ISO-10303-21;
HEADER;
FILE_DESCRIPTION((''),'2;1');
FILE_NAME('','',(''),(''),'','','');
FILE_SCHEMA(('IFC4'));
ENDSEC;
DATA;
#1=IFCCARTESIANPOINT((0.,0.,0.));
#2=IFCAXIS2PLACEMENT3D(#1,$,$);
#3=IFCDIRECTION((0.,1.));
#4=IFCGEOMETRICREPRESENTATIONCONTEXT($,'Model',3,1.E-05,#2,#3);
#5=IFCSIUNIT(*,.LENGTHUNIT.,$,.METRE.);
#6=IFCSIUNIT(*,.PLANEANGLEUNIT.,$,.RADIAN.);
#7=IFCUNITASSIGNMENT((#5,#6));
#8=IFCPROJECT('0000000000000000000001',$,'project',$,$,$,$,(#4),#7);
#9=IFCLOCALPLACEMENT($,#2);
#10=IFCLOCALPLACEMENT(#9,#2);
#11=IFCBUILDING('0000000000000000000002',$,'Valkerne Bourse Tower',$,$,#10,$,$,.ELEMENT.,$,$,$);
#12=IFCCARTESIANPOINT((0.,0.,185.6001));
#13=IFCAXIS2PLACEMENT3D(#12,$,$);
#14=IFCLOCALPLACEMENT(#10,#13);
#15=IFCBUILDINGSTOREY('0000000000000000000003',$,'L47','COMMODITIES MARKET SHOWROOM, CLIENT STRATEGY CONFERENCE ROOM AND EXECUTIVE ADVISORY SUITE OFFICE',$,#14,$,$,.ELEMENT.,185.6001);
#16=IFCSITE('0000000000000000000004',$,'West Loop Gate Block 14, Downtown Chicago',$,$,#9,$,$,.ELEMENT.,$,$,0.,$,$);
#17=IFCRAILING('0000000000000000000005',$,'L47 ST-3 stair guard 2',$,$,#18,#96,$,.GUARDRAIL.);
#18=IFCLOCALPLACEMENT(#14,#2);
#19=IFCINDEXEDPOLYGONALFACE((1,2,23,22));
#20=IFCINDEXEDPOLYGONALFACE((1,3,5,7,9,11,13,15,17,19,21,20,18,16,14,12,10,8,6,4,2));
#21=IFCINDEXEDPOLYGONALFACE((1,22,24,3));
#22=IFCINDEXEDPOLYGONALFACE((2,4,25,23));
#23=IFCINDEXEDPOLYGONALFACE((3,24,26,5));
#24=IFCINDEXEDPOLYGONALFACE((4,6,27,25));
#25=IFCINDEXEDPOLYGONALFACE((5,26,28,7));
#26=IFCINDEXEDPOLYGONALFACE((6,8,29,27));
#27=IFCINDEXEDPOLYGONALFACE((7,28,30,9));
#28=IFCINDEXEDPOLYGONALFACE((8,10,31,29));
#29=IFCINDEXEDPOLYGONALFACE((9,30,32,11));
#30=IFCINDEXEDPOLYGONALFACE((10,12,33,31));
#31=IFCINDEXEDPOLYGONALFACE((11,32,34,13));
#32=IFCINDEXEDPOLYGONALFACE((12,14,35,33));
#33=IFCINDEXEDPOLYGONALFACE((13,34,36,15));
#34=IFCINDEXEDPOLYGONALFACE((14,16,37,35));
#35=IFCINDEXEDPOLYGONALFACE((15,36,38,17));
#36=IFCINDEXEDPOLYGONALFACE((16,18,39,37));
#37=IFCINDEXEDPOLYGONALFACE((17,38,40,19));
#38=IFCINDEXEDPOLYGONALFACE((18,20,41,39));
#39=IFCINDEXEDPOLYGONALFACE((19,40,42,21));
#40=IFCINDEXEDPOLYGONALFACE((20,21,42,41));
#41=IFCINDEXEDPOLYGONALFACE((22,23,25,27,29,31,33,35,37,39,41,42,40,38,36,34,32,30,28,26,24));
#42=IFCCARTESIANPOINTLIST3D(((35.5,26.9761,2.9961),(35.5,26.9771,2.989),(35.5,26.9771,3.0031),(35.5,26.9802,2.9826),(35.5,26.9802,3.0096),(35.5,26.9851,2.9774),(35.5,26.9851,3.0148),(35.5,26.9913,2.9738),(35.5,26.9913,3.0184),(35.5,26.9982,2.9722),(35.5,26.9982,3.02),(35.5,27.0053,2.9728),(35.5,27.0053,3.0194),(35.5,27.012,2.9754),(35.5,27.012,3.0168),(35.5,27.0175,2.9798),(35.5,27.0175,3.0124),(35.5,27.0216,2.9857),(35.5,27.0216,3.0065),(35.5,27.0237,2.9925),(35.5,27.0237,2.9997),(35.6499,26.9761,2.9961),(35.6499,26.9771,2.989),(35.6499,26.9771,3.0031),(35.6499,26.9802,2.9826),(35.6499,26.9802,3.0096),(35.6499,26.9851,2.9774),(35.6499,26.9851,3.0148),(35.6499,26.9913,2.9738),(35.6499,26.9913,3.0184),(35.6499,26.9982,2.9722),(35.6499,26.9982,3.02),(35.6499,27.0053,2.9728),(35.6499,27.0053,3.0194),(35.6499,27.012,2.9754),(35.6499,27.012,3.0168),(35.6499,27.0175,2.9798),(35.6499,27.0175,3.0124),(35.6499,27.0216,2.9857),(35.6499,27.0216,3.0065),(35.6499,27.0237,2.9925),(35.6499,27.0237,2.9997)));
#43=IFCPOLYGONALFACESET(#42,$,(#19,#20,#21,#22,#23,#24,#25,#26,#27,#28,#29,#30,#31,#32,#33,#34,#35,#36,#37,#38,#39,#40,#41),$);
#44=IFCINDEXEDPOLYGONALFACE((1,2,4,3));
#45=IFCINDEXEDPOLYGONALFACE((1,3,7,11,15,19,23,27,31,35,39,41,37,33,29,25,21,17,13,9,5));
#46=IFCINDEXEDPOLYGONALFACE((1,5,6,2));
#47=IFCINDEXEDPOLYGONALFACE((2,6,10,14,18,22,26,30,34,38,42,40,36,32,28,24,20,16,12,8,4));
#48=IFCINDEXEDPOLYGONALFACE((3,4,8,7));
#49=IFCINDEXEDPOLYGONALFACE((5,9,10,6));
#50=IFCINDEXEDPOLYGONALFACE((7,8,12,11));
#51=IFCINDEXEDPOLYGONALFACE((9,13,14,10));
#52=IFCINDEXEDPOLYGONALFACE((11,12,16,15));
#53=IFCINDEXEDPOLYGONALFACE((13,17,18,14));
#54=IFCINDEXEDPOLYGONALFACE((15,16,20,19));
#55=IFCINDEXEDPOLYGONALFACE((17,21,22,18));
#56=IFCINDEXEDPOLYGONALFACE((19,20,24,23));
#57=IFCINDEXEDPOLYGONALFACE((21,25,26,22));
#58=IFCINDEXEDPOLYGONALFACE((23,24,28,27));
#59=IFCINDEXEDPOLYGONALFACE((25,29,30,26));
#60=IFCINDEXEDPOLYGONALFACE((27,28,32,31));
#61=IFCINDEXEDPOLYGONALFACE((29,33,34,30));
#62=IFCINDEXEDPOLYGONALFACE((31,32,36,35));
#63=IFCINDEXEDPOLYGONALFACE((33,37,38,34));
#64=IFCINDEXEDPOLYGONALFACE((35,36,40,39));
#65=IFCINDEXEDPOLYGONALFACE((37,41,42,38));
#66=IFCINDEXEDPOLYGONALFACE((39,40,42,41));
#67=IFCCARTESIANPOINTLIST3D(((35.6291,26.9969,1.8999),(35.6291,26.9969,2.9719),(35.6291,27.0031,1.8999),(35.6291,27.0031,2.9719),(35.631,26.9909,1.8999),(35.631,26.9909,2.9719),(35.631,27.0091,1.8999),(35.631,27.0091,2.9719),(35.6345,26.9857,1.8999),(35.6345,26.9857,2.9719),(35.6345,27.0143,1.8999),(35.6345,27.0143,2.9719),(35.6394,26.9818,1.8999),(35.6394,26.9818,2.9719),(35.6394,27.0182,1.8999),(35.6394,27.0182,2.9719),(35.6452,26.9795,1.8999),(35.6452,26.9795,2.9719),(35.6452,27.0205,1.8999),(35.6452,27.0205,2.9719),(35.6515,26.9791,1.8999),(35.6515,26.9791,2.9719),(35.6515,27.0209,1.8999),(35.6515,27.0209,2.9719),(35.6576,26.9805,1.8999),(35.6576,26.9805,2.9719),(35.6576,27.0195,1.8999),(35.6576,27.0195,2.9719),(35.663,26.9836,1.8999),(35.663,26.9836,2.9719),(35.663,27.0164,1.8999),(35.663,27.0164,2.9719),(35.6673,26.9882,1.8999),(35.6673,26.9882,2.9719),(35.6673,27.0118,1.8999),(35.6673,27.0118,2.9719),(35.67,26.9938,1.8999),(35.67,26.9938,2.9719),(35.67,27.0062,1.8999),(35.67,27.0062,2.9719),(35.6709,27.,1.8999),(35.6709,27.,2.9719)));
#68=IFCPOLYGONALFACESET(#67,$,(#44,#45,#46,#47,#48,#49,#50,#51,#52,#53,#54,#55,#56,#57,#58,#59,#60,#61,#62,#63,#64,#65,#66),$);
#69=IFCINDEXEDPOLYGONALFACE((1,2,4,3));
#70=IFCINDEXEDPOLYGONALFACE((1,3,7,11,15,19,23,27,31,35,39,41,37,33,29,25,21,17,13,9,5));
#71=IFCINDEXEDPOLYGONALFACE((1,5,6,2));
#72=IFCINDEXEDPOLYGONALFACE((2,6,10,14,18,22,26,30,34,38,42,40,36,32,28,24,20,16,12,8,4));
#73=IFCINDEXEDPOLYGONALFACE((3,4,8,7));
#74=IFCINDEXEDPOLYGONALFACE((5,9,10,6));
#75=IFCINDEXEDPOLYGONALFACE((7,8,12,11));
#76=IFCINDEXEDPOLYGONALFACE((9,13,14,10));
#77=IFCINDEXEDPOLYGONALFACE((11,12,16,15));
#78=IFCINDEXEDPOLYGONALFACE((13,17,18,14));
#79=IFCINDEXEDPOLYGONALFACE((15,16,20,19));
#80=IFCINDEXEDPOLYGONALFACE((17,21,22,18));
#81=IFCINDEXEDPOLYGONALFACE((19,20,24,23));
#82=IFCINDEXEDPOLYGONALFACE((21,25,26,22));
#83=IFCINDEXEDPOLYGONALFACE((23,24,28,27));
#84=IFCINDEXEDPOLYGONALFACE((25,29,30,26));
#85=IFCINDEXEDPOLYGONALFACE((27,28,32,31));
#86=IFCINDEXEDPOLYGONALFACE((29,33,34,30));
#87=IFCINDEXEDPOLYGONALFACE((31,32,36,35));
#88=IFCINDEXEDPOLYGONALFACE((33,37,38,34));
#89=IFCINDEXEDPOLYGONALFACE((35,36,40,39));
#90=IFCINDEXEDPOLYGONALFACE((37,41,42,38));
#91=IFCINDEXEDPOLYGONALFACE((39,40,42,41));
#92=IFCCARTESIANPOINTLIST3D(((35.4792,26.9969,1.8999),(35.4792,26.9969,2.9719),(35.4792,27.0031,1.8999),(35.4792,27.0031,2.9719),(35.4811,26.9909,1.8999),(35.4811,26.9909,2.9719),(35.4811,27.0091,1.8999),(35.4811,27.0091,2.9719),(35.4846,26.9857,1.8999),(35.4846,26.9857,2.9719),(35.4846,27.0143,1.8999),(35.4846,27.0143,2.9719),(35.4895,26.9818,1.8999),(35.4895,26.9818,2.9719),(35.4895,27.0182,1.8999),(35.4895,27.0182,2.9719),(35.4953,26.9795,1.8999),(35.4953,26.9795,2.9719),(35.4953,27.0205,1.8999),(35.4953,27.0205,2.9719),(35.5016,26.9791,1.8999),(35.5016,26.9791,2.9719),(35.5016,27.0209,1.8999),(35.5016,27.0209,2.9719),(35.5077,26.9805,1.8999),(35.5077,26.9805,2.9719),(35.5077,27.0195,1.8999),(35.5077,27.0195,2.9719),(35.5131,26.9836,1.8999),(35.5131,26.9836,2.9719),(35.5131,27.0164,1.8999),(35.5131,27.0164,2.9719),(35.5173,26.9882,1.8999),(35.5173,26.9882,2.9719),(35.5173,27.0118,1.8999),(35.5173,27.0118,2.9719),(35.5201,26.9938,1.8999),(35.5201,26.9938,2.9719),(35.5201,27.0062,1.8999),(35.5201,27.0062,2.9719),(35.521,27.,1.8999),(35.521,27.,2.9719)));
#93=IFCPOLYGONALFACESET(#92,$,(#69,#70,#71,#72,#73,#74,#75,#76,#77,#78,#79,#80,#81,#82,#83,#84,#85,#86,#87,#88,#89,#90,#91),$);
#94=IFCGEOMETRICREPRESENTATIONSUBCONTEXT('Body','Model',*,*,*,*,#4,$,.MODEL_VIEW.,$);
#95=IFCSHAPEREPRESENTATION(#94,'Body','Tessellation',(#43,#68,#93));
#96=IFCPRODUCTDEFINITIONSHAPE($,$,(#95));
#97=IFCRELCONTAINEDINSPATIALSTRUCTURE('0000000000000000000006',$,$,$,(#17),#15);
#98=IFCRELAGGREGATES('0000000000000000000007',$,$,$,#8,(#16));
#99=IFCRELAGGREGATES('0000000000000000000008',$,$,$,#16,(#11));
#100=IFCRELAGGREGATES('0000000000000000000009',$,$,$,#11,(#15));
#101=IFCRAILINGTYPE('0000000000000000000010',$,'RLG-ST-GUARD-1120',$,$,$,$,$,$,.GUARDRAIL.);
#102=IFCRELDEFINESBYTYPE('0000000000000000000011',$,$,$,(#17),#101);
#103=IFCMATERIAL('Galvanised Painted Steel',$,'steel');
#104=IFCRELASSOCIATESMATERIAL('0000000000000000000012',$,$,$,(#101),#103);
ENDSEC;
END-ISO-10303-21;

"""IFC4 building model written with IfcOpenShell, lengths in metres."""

from ifc_helpers import new_model, si_unit, direction, frame, origin, origin_2d, place, context, subcontext, project, spatial, circle, extrude, material, type_object, element, save


model = new_model("IFC4")

# Units and contexts
model_context = context("Model", 3, precision=1e-05, world=origin(), true_north=direction((0.0, 1.0)))
body_context = subcontext(model_context, "Body", "Model", "MODEL_VIEW")
ifc_project = project(units=[si_unit("LENGTHUNIT", "METRE"), si_unit("PLANEANGLEUNIT", "RADIAN")], contexts=[model_context])

# Site, building, storey
site_placement = place(None, origin())
site = spatial("IfcSite", under=ifc_project, at=site_placement, Name="West Loop Gate Block 14, Downtown Chicago", CompositionType="ELEMENT", RefElevation=0.0)
building_placement = place(site_placement, origin())
building = spatial("IfcBuilding", under=site, at=building_placement, Name="Valkerne Bourse Tower", CompositionType="ELEMENT")
storey_placement = place(building_placement, frame((0.0, 0.0, 185.6001)))
storey = spatial("IfcBuildingStorey", under=building, at=storey_placement, Name="L47", Description="COMMODITIES MARKET SHOWROOM, CLIENT STRATEGY CONFERENCE ROOM AND EXECUTIVE ADVISORY SUITE OFFICE", CompositionType="ELEMENT", Elevation=185.6001)

# Railing
ifc_material_1 = material(Name="Galvanised Painted Steel", Category="steel")
railing_type_1 = type_object("IfcRailingType", Name="RLG-ST-GUARD-1120", PredefinedType="GUARDRAIL", material=ifc_material_1)
railing_1_placement = place(storey_placement, frame((35.6499, 27.0, 1.8999)))
element("IfcRailing", 1, at=railing_1_placement, inside=storey, type_object=railing_type_1, Name="L47 ST-3 stair guard 2", PredefinedType="GUARDRAIL", context=body_context, shape_type="SweptSolid", body=[
    extrude(circle(Radius=0.0239, at=origin_2d()), frame((0.0, 0.0, 1.0962), z_axis=(-1.0, 0.0, 0.0), x_axis=(0.0, -1.0, 0.0)), (0.0, 0.0, 1.0), 0.1499),
    extrude(circle(Radius=0.021, at=origin_2d()), origin(), (0.0, 0.0, 1.0), 1.072),
    extrude(circle(Radius=0.021, at=origin_2d()), frame((-0.1499, 0.0, 0.0)), (0.0, 0.0, 1.0), 1.072),
])

save(model, "model.ifc")
